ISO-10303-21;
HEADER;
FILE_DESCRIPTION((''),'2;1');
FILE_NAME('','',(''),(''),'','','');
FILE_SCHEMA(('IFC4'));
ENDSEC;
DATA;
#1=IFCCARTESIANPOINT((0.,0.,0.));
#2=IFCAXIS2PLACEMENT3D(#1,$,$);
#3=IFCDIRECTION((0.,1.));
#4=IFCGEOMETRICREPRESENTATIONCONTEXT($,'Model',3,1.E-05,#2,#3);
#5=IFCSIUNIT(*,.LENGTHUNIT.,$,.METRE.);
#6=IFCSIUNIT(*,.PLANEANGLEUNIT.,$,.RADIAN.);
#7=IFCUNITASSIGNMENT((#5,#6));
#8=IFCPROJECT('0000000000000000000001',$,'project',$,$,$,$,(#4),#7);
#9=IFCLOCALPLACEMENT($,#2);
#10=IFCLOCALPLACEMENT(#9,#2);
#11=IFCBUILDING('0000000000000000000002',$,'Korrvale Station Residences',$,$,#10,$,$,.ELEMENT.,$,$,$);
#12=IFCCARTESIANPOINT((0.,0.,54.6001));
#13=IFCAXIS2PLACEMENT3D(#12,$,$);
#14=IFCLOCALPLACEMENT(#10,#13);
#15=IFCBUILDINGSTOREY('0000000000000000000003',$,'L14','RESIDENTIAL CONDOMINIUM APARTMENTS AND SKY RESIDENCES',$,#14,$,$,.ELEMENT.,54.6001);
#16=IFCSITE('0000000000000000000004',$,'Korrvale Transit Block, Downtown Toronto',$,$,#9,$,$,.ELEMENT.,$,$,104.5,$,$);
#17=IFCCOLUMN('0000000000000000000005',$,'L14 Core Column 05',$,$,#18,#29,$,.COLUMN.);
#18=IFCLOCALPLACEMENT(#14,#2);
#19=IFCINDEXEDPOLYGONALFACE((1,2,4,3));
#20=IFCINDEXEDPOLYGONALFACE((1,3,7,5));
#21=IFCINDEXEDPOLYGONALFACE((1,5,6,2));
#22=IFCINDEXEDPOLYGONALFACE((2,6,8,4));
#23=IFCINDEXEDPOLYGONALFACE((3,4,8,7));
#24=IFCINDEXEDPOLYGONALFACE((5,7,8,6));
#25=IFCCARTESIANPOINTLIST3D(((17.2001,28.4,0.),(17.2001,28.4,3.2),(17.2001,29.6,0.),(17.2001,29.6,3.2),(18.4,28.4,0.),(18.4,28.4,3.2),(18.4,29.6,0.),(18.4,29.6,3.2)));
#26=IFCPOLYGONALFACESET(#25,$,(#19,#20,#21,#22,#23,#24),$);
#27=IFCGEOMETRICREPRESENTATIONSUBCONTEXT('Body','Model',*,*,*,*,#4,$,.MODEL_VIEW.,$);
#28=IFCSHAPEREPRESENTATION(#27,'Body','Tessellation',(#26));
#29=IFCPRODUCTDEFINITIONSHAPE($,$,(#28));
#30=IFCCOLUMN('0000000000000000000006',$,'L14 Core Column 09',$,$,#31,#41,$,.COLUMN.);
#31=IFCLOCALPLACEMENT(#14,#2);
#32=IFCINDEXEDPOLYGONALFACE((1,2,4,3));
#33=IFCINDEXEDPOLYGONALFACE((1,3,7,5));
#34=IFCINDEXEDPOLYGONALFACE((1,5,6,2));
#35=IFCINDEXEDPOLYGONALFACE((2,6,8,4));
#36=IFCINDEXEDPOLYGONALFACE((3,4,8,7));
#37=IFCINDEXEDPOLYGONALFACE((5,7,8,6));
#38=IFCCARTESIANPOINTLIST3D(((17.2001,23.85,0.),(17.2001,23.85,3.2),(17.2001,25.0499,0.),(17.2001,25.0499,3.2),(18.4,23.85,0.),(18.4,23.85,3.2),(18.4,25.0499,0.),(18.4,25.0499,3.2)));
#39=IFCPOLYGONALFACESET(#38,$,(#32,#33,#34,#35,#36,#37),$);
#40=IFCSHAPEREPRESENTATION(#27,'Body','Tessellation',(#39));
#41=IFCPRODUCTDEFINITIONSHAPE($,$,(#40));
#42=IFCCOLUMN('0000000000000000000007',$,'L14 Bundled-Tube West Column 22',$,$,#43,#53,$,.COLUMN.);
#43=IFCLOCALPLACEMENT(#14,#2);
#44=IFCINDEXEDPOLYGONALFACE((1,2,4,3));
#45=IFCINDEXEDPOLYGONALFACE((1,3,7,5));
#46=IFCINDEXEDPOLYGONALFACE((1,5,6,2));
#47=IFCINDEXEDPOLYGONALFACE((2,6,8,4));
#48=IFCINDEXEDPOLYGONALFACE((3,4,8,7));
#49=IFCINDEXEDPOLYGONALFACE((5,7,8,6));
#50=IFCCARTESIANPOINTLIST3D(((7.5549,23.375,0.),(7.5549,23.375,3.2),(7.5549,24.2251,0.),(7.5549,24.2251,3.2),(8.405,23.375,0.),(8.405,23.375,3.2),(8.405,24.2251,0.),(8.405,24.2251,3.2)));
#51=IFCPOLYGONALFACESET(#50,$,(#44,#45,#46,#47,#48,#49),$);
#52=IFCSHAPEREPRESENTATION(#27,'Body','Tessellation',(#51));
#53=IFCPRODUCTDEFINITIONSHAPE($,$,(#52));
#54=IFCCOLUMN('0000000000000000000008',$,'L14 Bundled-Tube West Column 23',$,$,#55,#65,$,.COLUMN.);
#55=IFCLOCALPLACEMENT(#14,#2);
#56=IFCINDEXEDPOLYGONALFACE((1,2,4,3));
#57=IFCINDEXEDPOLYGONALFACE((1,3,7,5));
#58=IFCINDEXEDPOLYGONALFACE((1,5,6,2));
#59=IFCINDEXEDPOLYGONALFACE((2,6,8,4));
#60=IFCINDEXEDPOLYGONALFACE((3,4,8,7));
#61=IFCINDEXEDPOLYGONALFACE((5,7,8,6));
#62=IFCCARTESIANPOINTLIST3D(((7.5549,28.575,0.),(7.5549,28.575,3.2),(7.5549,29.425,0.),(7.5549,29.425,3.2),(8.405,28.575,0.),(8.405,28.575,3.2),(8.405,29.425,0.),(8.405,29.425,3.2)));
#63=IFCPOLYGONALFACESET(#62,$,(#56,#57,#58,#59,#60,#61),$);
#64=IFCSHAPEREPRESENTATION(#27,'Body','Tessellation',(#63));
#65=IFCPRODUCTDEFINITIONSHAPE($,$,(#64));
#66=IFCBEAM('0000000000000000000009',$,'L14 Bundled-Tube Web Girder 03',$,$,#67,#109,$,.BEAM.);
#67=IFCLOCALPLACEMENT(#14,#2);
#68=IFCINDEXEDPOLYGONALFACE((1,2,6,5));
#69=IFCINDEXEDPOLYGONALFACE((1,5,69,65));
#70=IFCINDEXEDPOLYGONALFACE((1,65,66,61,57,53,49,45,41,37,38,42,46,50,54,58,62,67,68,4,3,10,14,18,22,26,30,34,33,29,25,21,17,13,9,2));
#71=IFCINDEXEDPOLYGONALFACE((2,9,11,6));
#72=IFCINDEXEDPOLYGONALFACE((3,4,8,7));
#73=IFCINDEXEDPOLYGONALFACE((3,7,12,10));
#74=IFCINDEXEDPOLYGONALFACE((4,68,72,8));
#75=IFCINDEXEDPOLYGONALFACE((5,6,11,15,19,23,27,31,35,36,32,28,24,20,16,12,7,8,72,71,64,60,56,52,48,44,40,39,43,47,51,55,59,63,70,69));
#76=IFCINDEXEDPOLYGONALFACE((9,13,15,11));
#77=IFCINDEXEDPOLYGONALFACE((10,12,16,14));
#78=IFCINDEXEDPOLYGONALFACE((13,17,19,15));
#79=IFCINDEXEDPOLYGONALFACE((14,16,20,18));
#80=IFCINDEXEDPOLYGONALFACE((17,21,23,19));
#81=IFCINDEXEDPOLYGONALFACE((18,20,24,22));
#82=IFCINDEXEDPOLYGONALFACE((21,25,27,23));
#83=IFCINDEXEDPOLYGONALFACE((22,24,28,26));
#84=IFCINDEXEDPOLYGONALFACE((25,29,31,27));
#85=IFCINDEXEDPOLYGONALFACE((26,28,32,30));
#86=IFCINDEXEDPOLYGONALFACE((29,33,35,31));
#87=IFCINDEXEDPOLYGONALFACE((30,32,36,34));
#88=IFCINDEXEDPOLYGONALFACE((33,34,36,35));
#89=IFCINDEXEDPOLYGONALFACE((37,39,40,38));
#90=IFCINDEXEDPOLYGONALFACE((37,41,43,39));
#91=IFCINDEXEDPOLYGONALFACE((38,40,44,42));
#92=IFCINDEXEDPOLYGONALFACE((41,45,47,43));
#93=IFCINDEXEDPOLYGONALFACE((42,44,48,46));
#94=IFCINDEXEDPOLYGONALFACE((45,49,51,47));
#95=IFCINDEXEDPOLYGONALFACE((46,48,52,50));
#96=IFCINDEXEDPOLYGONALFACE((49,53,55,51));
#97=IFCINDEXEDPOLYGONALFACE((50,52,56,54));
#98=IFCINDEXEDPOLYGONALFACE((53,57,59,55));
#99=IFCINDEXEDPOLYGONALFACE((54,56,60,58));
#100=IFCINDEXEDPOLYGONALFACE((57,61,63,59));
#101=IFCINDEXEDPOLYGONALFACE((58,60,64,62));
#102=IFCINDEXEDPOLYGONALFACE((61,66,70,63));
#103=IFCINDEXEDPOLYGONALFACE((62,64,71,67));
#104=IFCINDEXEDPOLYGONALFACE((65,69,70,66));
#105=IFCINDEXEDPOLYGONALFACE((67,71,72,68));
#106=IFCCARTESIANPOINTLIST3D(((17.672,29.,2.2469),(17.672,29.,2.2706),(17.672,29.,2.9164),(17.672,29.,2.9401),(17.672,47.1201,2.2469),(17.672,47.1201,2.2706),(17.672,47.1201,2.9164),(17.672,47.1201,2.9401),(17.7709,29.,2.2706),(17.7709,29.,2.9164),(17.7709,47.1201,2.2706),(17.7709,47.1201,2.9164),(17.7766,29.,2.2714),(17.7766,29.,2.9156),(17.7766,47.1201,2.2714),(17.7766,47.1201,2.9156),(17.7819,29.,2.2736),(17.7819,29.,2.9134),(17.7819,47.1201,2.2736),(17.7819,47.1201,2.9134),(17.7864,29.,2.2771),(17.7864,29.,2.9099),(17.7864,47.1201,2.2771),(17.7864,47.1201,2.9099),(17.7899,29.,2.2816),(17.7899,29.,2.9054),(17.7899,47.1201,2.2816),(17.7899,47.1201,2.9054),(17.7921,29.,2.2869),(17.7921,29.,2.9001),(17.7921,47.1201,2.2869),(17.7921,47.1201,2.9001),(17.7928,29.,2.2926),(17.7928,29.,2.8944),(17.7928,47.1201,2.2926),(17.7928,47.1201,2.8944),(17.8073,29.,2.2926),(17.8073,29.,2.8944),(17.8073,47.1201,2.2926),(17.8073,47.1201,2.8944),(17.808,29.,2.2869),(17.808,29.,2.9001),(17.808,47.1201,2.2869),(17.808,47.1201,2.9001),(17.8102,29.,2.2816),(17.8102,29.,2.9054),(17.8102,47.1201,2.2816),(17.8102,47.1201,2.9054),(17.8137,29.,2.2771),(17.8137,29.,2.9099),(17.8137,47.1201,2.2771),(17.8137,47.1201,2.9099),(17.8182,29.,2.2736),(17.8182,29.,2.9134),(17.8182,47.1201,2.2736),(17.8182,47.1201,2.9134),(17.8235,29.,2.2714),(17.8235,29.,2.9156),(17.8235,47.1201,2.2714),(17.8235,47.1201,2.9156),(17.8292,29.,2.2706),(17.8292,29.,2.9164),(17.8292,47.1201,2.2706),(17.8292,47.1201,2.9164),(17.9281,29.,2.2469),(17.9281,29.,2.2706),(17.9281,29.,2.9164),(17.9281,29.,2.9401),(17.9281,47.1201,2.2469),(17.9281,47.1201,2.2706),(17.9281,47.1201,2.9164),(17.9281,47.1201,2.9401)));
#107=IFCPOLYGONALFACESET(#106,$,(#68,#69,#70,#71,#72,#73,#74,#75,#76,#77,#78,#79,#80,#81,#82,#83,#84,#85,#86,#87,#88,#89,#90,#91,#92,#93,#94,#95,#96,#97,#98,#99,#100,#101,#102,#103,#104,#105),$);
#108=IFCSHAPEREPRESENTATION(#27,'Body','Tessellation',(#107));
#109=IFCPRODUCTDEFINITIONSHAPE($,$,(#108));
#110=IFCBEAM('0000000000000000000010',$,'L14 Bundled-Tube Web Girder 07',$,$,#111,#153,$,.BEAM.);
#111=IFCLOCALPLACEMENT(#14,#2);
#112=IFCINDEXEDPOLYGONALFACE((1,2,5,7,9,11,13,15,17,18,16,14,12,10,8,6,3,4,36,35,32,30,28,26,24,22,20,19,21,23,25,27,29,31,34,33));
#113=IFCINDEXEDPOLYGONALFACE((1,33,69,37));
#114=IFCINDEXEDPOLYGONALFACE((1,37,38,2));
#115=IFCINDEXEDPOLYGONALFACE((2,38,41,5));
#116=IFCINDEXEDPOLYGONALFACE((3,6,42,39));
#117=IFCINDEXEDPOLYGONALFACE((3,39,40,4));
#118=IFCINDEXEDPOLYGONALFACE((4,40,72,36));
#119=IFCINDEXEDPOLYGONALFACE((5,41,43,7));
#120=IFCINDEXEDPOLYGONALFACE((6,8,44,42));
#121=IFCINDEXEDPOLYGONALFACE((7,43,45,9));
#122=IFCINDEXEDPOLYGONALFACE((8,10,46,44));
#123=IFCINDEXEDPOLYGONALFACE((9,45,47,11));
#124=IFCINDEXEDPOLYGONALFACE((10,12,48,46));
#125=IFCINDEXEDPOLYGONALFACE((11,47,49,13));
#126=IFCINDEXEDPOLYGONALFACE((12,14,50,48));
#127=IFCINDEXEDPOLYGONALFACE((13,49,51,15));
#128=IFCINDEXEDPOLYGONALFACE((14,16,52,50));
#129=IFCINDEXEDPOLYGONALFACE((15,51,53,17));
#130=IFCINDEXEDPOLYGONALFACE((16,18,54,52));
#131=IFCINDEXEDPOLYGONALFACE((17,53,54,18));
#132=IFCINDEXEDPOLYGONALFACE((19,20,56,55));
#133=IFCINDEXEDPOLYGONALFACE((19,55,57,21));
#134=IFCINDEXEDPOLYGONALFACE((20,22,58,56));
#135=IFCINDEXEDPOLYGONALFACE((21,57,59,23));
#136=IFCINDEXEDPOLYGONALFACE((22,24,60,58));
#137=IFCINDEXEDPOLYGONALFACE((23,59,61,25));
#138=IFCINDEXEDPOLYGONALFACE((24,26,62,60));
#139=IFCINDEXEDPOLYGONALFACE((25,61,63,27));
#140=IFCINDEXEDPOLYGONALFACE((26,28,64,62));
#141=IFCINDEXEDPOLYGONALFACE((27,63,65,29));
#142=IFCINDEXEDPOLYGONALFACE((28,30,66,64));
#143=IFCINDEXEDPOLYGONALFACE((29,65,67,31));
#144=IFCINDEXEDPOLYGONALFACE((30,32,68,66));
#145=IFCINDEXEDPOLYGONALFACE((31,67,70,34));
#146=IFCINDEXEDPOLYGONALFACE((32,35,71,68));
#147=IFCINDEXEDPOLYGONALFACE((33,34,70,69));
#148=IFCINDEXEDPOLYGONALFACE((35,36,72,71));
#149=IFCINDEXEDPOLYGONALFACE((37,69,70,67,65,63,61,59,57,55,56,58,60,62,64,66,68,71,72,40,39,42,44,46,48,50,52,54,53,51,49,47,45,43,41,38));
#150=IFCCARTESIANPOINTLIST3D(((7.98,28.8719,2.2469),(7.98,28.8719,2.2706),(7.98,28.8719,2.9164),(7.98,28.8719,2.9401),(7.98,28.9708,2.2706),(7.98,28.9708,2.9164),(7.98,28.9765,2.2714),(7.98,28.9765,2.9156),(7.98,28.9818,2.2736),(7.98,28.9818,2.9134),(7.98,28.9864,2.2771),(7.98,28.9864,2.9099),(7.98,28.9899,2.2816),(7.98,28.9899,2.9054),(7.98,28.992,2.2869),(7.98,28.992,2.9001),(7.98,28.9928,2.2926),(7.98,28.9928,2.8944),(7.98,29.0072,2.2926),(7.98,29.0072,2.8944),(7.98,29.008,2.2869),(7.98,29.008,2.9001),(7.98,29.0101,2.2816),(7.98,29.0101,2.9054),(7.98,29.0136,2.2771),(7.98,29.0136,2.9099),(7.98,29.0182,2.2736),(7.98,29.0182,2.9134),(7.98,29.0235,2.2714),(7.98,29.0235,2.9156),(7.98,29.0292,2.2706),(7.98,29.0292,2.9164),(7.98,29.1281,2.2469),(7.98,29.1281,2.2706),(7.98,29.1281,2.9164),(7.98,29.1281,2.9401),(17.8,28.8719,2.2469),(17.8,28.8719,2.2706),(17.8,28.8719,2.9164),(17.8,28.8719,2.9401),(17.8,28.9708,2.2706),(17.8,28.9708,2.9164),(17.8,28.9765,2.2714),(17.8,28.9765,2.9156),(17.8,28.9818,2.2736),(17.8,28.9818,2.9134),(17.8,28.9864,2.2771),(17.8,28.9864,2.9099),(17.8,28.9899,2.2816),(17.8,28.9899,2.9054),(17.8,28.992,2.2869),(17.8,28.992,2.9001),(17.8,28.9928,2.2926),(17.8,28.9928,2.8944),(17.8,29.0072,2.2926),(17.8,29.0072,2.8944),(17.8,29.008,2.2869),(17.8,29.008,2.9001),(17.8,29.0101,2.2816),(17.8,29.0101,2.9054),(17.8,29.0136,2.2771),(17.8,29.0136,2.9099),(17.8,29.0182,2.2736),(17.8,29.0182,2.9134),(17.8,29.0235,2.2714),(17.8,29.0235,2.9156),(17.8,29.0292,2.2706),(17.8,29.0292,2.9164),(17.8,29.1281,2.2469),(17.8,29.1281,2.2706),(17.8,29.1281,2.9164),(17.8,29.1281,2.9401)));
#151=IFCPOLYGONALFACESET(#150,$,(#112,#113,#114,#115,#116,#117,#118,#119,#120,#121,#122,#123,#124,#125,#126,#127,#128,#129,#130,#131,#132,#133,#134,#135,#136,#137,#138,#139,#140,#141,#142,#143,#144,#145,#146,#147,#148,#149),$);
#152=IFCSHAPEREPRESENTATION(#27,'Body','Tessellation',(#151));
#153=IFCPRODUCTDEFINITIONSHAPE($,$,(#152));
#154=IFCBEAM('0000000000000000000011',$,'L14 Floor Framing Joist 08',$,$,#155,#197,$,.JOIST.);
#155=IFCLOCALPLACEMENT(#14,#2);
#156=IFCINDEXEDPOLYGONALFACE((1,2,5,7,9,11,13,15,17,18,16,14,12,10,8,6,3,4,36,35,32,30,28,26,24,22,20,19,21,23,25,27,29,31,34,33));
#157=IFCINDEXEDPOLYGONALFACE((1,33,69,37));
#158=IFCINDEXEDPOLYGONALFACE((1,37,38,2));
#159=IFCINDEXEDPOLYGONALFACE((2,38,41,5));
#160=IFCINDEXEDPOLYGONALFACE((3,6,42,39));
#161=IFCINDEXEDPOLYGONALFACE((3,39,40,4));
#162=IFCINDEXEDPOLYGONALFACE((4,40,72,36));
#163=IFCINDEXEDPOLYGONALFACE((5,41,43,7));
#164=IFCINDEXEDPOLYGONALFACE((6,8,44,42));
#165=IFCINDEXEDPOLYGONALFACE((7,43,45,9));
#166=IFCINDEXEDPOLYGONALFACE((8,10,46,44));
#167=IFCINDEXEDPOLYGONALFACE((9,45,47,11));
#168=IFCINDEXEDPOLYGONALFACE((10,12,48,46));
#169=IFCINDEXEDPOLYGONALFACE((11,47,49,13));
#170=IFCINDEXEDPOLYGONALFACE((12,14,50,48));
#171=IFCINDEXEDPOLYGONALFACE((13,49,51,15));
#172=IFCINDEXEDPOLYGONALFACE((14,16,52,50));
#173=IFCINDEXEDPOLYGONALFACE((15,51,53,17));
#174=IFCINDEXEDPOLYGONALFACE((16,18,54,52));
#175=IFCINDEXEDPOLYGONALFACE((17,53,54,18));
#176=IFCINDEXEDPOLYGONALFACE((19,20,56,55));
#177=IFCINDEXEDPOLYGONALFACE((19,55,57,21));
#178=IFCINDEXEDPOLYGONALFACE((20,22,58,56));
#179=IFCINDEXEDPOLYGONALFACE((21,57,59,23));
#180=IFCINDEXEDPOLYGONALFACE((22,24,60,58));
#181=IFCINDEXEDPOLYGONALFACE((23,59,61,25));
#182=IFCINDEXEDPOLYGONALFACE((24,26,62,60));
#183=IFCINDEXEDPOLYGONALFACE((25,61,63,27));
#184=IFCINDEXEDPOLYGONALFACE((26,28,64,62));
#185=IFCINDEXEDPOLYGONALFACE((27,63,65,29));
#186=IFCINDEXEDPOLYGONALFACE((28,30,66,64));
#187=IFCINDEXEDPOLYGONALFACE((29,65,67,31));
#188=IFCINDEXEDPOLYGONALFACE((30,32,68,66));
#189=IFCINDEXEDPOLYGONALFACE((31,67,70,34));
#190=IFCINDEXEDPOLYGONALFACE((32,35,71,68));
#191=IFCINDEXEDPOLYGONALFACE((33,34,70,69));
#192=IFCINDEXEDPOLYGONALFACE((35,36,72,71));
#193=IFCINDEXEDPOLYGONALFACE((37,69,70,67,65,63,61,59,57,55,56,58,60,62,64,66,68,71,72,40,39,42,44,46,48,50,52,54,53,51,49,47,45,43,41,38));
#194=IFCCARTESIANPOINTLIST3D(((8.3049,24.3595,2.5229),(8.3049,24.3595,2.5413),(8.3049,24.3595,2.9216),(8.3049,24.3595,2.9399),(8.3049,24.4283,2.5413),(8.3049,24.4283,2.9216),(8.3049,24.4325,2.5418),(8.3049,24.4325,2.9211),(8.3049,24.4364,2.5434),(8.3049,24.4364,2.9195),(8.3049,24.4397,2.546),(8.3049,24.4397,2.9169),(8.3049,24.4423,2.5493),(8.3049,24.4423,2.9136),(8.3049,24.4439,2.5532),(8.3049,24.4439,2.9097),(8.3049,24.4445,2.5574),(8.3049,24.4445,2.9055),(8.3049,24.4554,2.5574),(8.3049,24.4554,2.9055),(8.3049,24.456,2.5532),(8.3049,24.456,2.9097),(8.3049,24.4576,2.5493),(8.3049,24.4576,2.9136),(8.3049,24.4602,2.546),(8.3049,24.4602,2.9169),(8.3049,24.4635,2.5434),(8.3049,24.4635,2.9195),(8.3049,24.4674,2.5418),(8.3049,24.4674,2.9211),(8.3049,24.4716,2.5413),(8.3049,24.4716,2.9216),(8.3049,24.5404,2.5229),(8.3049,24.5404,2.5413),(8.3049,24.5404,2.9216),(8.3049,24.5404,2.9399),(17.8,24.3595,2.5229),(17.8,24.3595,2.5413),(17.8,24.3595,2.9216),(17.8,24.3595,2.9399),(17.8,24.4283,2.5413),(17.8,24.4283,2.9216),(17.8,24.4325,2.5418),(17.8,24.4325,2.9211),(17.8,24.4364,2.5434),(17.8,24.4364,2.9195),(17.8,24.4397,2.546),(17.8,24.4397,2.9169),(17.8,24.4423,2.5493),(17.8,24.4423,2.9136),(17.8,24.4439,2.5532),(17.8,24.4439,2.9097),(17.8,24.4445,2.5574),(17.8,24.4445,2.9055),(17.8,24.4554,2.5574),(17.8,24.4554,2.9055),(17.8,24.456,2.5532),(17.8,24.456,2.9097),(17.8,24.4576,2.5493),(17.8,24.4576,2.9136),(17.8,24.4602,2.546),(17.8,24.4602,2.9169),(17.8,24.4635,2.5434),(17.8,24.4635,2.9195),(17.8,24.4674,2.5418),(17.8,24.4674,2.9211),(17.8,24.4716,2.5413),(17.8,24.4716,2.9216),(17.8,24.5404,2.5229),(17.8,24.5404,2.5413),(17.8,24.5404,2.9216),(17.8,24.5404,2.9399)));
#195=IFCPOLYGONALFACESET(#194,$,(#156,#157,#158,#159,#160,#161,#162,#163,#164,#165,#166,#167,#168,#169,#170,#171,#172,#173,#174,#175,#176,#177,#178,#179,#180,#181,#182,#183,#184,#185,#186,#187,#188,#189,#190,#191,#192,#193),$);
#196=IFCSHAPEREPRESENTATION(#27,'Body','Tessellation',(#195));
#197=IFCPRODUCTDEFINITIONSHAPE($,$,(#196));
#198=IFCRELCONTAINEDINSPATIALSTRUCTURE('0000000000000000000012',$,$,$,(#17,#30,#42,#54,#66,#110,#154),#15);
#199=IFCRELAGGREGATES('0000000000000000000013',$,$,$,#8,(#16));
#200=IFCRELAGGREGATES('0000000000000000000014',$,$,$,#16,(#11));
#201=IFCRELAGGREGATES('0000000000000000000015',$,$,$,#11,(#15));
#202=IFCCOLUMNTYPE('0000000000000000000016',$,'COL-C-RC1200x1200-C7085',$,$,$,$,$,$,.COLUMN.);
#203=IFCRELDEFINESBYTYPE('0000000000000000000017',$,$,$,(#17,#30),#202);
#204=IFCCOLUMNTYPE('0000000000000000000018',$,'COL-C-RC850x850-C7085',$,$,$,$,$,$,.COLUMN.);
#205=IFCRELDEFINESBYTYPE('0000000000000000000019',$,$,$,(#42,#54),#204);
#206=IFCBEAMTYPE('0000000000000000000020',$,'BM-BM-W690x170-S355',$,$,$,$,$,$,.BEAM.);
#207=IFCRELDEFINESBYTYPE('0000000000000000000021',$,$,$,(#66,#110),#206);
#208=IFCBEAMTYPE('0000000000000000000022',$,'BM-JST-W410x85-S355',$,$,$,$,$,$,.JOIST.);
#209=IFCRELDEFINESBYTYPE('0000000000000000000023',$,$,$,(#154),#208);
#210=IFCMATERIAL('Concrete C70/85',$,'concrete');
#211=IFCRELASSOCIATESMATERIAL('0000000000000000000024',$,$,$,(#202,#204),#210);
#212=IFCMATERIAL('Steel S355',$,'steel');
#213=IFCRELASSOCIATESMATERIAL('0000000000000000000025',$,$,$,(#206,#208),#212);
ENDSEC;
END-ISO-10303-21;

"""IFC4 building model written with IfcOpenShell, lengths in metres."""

from ifc_helpers import new_model, si_unit, direction, frame, origin, origin_2d, place, context, subcontext, project, spatial, rectangle, i_section, extrude, material, material_profile, profile_set, type_object, element, save


model = new_model("IFC4")

# Units and contexts
model_context = context("Model", 3, precision=1e-05, world=origin(), true_north=direction((0.0, 1.0)))
body_context = subcontext(model_context, "Body", "Model", "MODEL_VIEW")
ifc_project = project(units=[si_unit("LENGTHUNIT", "METRE"), si_unit("PLANEANGLEUNIT", "RADIAN")], contexts=[model_context])

# Site, building, storey
site_placement = place(None, origin())
site = spatial("IfcSite", under=ifc_project, at=site_placement, Name="Korrvale Transit Block, Downtown Toronto", CompositionType="ELEMENT", RefElevation=104.5)
building_placement = place(site_placement, origin())
building = spatial("IfcBuilding", under=site, at=building_placement, Name="Korrvale Station Residences", CompositionType="ELEMENT")
storey_placement = place(building_placement, frame((0.0, 0.0, 54.6001)))
storey = spatial("IfcBuildingStorey", under=building, at=storey_placement, Name="L14", Description="RESIDENTIAL CONDOMINIUM APARTMENTS AND SKY RESIDENCES", CompositionType="ELEMENT", Elevation=54.6001)

# Columns
ifc_material_1 = material(Name="Concrete C70/85", Category="concrete")
ifc_material_profile_1 = material_profile(ifc_material_1, rectangle(XDim=1.2, YDim=1.2, at=origin_2d()), Name="RC1200x1200")
ifc_profile_set_1 = profile_set([ifc_material_profile_1], Name="Concrete C70/85")
column_type_1 = type_object("IfcColumnType", Name="COL-C-RC1200x1200-C7085", PredefinedType="COLUMN", material=ifc_profile_set_1)
for number, where, z_axis, x_axis, name in (
    (1, (17.8, 29.0, 0.0), (0.0, 0.0, 1.0), (1.0, 0.0, 0.0), "L14 Core Column 05"),
    (2, (17.8, 24.45, 0.0), (0.0, 0.0, 1.0), (1.0, 0.0, 0.0), "L14 Core Column 09"),
):
    element("IfcColumn", number, at=place(storey_placement, frame(where, z_axis=z_axis, x_axis=x_axis)), inside=storey, type_object=column_type_1, Name=name, PredefinedType="COLUMN", context=body_context, shape_type="SweptSolid", body=[
        extrude(rectangle(XDim=1.2, YDim=1.2, at=origin_2d()), origin(), (0.0, 0.0, 1.0), 3.2),
    ])
ifc_material_profile_2 = material_profile(ifc_material_1, rectangle(XDim=0.8501, YDim=0.8501, at=origin_2d()), Name="RC850x850")
ifc_profile_set_2 = profile_set([ifc_material_profile_2], Name="Concrete C70/85")
column_type_2 = type_object("IfcColumnType", Name="COL-C-RC850x850-C7085", PredefinedType="COLUMN", material=ifc_profile_set_2)
for number, where, z_axis, x_axis, name in (
    (3, (7.98, 23.8, 0.0), (0.0, 0.0, 1.0), (1.0, 0.0, 0.0), "L14 Bundled-Tube West Column 22"),
    (4, (7.98, 29.0, 0.0), (0.0, 0.0, 1.0), (1.0, 0.0, 0.0), "L14 Bundled-Tube West Column 23"),
):
    element("IfcColumn", number, at=place(storey_placement, frame(where, z_axis=z_axis, x_axis=x_axis)), inside=storey, type_object=column_type_2, Name=name, PredefinedType="COLUMN", context=body_context, shape_type="SweptSolid", body=[
        extrude(rectangle(XDim=0.8501, YDim=0.8501, at=origin_2d()), origin(), (0.0, 0.0, 1.0), 3.2),
    ])

# Beams
ifc_material_2 = material(Name="Steel S355", Category="steel")
ifc_material_profile_3 = material_profile(ifc_material_2, i_section(OverallWidth=0.2561, OverallDepth=0.6931, WebThickness=0.0144, FlangeThickness=0.0237, FilletRadius=0.022, at=origin_2d()), Name="W690x170")
ifc_profile_set_3 = profile_set([ifc_material_profile_3], Name="Steel S355")
beam_type_1 = type_object("IfcBeamType", Name="BM-BM-W690x170-S355", PredefinedType="BEAM", material=ifc_profile_set_3)
beam_1_placement = place(storey_placement, frame((17.8, 29.0, 2.5935), z_axis=(0.0, 1.0, 0.0), x_axis=(-1.0, 0.0, 0.0)))
element("IfcBeam", 5, at=beam_1_placement, inside=storey, type_object=beam_type_1, Name="L14 Bundled-Tube Web Girder 03", PredefinedType="BEAM", context=body_context, shape_type="SweptSolid", body=[
    extrude(i_section(OverallWidth=0.2561, OverallDepth=0.6931, WebThickness=0.0144, FlangeThickness=0.0237, FilletRadius=0.022, at=origin_2d()), origin(), (0.0, 0.0, 1.0), 18.1201),
])
beam_2_placement = place(storey_placement, frame((7.98, 29.0, 2.5935), z_axis=(1.0, 0.0, 0.0), x_axis=(0.0, 1.0, 0.0)))
element("IfcBeam", 6, at=beam_2_placement, inside=storey, type_object=beam_type_1, Name="L14 Bundled-Tube Web Girder 07", PredefinedType="BEAM", context=body_context, shape_type="SweptSolid", body=[
    extrude(i_section(OverallWidth=0.2561, OverallDepth=0.6931, WebThickness=0.0144, FlangeThickness=0.0237, FilletRadius=0.022, at=origin_2d()), origin(), (0.0, 0.0, 1.0), 9.8201),
])
ifc_material_profile_4 = material_profile(ifc_material_2, i_section(OverallWidth=0.1809, OverallDepth=0.417, WebThickness=0.011, FlangeThickness=0.0183, FilletRadius=0.0161, at=origin_2d()), Name="W410x85")
ifc_profile_set_4 = profile_set([ifc_material_profile_4], Name="Steel S355")
beam_type_2 = type_object("IfcBeamType", Name="BM-JST-W410x85-S355", PredefinedType="JOIST", material=ifc_profile_set_4)
beam_3_placement = place(storey_placement, frame((8.3049, 24.45, 2.7314), z_axis=(1.0, 0.0, 0.0), x_axis=(0.0, 1.0, 0.0)))
element("IfcBeam", 7, at=beam_3_placement, inside=storey, type_object=beam_type_2, Name="L14 Floor Framing Joist 08", PredefinedType="JOIST", context=body_context, shape_type="SweptSolid", body=[
    extrude(i_section(OverallWidth=0.1809, OverallDepth=0.417, WebThickness=0.011, FlangeThickness=0.0183, FilletRadius=0.0161, at=origin_2d()), origin(), (0.0, 0.0, 1.0), 9.4951),
])

save(model, "model.ifc")
